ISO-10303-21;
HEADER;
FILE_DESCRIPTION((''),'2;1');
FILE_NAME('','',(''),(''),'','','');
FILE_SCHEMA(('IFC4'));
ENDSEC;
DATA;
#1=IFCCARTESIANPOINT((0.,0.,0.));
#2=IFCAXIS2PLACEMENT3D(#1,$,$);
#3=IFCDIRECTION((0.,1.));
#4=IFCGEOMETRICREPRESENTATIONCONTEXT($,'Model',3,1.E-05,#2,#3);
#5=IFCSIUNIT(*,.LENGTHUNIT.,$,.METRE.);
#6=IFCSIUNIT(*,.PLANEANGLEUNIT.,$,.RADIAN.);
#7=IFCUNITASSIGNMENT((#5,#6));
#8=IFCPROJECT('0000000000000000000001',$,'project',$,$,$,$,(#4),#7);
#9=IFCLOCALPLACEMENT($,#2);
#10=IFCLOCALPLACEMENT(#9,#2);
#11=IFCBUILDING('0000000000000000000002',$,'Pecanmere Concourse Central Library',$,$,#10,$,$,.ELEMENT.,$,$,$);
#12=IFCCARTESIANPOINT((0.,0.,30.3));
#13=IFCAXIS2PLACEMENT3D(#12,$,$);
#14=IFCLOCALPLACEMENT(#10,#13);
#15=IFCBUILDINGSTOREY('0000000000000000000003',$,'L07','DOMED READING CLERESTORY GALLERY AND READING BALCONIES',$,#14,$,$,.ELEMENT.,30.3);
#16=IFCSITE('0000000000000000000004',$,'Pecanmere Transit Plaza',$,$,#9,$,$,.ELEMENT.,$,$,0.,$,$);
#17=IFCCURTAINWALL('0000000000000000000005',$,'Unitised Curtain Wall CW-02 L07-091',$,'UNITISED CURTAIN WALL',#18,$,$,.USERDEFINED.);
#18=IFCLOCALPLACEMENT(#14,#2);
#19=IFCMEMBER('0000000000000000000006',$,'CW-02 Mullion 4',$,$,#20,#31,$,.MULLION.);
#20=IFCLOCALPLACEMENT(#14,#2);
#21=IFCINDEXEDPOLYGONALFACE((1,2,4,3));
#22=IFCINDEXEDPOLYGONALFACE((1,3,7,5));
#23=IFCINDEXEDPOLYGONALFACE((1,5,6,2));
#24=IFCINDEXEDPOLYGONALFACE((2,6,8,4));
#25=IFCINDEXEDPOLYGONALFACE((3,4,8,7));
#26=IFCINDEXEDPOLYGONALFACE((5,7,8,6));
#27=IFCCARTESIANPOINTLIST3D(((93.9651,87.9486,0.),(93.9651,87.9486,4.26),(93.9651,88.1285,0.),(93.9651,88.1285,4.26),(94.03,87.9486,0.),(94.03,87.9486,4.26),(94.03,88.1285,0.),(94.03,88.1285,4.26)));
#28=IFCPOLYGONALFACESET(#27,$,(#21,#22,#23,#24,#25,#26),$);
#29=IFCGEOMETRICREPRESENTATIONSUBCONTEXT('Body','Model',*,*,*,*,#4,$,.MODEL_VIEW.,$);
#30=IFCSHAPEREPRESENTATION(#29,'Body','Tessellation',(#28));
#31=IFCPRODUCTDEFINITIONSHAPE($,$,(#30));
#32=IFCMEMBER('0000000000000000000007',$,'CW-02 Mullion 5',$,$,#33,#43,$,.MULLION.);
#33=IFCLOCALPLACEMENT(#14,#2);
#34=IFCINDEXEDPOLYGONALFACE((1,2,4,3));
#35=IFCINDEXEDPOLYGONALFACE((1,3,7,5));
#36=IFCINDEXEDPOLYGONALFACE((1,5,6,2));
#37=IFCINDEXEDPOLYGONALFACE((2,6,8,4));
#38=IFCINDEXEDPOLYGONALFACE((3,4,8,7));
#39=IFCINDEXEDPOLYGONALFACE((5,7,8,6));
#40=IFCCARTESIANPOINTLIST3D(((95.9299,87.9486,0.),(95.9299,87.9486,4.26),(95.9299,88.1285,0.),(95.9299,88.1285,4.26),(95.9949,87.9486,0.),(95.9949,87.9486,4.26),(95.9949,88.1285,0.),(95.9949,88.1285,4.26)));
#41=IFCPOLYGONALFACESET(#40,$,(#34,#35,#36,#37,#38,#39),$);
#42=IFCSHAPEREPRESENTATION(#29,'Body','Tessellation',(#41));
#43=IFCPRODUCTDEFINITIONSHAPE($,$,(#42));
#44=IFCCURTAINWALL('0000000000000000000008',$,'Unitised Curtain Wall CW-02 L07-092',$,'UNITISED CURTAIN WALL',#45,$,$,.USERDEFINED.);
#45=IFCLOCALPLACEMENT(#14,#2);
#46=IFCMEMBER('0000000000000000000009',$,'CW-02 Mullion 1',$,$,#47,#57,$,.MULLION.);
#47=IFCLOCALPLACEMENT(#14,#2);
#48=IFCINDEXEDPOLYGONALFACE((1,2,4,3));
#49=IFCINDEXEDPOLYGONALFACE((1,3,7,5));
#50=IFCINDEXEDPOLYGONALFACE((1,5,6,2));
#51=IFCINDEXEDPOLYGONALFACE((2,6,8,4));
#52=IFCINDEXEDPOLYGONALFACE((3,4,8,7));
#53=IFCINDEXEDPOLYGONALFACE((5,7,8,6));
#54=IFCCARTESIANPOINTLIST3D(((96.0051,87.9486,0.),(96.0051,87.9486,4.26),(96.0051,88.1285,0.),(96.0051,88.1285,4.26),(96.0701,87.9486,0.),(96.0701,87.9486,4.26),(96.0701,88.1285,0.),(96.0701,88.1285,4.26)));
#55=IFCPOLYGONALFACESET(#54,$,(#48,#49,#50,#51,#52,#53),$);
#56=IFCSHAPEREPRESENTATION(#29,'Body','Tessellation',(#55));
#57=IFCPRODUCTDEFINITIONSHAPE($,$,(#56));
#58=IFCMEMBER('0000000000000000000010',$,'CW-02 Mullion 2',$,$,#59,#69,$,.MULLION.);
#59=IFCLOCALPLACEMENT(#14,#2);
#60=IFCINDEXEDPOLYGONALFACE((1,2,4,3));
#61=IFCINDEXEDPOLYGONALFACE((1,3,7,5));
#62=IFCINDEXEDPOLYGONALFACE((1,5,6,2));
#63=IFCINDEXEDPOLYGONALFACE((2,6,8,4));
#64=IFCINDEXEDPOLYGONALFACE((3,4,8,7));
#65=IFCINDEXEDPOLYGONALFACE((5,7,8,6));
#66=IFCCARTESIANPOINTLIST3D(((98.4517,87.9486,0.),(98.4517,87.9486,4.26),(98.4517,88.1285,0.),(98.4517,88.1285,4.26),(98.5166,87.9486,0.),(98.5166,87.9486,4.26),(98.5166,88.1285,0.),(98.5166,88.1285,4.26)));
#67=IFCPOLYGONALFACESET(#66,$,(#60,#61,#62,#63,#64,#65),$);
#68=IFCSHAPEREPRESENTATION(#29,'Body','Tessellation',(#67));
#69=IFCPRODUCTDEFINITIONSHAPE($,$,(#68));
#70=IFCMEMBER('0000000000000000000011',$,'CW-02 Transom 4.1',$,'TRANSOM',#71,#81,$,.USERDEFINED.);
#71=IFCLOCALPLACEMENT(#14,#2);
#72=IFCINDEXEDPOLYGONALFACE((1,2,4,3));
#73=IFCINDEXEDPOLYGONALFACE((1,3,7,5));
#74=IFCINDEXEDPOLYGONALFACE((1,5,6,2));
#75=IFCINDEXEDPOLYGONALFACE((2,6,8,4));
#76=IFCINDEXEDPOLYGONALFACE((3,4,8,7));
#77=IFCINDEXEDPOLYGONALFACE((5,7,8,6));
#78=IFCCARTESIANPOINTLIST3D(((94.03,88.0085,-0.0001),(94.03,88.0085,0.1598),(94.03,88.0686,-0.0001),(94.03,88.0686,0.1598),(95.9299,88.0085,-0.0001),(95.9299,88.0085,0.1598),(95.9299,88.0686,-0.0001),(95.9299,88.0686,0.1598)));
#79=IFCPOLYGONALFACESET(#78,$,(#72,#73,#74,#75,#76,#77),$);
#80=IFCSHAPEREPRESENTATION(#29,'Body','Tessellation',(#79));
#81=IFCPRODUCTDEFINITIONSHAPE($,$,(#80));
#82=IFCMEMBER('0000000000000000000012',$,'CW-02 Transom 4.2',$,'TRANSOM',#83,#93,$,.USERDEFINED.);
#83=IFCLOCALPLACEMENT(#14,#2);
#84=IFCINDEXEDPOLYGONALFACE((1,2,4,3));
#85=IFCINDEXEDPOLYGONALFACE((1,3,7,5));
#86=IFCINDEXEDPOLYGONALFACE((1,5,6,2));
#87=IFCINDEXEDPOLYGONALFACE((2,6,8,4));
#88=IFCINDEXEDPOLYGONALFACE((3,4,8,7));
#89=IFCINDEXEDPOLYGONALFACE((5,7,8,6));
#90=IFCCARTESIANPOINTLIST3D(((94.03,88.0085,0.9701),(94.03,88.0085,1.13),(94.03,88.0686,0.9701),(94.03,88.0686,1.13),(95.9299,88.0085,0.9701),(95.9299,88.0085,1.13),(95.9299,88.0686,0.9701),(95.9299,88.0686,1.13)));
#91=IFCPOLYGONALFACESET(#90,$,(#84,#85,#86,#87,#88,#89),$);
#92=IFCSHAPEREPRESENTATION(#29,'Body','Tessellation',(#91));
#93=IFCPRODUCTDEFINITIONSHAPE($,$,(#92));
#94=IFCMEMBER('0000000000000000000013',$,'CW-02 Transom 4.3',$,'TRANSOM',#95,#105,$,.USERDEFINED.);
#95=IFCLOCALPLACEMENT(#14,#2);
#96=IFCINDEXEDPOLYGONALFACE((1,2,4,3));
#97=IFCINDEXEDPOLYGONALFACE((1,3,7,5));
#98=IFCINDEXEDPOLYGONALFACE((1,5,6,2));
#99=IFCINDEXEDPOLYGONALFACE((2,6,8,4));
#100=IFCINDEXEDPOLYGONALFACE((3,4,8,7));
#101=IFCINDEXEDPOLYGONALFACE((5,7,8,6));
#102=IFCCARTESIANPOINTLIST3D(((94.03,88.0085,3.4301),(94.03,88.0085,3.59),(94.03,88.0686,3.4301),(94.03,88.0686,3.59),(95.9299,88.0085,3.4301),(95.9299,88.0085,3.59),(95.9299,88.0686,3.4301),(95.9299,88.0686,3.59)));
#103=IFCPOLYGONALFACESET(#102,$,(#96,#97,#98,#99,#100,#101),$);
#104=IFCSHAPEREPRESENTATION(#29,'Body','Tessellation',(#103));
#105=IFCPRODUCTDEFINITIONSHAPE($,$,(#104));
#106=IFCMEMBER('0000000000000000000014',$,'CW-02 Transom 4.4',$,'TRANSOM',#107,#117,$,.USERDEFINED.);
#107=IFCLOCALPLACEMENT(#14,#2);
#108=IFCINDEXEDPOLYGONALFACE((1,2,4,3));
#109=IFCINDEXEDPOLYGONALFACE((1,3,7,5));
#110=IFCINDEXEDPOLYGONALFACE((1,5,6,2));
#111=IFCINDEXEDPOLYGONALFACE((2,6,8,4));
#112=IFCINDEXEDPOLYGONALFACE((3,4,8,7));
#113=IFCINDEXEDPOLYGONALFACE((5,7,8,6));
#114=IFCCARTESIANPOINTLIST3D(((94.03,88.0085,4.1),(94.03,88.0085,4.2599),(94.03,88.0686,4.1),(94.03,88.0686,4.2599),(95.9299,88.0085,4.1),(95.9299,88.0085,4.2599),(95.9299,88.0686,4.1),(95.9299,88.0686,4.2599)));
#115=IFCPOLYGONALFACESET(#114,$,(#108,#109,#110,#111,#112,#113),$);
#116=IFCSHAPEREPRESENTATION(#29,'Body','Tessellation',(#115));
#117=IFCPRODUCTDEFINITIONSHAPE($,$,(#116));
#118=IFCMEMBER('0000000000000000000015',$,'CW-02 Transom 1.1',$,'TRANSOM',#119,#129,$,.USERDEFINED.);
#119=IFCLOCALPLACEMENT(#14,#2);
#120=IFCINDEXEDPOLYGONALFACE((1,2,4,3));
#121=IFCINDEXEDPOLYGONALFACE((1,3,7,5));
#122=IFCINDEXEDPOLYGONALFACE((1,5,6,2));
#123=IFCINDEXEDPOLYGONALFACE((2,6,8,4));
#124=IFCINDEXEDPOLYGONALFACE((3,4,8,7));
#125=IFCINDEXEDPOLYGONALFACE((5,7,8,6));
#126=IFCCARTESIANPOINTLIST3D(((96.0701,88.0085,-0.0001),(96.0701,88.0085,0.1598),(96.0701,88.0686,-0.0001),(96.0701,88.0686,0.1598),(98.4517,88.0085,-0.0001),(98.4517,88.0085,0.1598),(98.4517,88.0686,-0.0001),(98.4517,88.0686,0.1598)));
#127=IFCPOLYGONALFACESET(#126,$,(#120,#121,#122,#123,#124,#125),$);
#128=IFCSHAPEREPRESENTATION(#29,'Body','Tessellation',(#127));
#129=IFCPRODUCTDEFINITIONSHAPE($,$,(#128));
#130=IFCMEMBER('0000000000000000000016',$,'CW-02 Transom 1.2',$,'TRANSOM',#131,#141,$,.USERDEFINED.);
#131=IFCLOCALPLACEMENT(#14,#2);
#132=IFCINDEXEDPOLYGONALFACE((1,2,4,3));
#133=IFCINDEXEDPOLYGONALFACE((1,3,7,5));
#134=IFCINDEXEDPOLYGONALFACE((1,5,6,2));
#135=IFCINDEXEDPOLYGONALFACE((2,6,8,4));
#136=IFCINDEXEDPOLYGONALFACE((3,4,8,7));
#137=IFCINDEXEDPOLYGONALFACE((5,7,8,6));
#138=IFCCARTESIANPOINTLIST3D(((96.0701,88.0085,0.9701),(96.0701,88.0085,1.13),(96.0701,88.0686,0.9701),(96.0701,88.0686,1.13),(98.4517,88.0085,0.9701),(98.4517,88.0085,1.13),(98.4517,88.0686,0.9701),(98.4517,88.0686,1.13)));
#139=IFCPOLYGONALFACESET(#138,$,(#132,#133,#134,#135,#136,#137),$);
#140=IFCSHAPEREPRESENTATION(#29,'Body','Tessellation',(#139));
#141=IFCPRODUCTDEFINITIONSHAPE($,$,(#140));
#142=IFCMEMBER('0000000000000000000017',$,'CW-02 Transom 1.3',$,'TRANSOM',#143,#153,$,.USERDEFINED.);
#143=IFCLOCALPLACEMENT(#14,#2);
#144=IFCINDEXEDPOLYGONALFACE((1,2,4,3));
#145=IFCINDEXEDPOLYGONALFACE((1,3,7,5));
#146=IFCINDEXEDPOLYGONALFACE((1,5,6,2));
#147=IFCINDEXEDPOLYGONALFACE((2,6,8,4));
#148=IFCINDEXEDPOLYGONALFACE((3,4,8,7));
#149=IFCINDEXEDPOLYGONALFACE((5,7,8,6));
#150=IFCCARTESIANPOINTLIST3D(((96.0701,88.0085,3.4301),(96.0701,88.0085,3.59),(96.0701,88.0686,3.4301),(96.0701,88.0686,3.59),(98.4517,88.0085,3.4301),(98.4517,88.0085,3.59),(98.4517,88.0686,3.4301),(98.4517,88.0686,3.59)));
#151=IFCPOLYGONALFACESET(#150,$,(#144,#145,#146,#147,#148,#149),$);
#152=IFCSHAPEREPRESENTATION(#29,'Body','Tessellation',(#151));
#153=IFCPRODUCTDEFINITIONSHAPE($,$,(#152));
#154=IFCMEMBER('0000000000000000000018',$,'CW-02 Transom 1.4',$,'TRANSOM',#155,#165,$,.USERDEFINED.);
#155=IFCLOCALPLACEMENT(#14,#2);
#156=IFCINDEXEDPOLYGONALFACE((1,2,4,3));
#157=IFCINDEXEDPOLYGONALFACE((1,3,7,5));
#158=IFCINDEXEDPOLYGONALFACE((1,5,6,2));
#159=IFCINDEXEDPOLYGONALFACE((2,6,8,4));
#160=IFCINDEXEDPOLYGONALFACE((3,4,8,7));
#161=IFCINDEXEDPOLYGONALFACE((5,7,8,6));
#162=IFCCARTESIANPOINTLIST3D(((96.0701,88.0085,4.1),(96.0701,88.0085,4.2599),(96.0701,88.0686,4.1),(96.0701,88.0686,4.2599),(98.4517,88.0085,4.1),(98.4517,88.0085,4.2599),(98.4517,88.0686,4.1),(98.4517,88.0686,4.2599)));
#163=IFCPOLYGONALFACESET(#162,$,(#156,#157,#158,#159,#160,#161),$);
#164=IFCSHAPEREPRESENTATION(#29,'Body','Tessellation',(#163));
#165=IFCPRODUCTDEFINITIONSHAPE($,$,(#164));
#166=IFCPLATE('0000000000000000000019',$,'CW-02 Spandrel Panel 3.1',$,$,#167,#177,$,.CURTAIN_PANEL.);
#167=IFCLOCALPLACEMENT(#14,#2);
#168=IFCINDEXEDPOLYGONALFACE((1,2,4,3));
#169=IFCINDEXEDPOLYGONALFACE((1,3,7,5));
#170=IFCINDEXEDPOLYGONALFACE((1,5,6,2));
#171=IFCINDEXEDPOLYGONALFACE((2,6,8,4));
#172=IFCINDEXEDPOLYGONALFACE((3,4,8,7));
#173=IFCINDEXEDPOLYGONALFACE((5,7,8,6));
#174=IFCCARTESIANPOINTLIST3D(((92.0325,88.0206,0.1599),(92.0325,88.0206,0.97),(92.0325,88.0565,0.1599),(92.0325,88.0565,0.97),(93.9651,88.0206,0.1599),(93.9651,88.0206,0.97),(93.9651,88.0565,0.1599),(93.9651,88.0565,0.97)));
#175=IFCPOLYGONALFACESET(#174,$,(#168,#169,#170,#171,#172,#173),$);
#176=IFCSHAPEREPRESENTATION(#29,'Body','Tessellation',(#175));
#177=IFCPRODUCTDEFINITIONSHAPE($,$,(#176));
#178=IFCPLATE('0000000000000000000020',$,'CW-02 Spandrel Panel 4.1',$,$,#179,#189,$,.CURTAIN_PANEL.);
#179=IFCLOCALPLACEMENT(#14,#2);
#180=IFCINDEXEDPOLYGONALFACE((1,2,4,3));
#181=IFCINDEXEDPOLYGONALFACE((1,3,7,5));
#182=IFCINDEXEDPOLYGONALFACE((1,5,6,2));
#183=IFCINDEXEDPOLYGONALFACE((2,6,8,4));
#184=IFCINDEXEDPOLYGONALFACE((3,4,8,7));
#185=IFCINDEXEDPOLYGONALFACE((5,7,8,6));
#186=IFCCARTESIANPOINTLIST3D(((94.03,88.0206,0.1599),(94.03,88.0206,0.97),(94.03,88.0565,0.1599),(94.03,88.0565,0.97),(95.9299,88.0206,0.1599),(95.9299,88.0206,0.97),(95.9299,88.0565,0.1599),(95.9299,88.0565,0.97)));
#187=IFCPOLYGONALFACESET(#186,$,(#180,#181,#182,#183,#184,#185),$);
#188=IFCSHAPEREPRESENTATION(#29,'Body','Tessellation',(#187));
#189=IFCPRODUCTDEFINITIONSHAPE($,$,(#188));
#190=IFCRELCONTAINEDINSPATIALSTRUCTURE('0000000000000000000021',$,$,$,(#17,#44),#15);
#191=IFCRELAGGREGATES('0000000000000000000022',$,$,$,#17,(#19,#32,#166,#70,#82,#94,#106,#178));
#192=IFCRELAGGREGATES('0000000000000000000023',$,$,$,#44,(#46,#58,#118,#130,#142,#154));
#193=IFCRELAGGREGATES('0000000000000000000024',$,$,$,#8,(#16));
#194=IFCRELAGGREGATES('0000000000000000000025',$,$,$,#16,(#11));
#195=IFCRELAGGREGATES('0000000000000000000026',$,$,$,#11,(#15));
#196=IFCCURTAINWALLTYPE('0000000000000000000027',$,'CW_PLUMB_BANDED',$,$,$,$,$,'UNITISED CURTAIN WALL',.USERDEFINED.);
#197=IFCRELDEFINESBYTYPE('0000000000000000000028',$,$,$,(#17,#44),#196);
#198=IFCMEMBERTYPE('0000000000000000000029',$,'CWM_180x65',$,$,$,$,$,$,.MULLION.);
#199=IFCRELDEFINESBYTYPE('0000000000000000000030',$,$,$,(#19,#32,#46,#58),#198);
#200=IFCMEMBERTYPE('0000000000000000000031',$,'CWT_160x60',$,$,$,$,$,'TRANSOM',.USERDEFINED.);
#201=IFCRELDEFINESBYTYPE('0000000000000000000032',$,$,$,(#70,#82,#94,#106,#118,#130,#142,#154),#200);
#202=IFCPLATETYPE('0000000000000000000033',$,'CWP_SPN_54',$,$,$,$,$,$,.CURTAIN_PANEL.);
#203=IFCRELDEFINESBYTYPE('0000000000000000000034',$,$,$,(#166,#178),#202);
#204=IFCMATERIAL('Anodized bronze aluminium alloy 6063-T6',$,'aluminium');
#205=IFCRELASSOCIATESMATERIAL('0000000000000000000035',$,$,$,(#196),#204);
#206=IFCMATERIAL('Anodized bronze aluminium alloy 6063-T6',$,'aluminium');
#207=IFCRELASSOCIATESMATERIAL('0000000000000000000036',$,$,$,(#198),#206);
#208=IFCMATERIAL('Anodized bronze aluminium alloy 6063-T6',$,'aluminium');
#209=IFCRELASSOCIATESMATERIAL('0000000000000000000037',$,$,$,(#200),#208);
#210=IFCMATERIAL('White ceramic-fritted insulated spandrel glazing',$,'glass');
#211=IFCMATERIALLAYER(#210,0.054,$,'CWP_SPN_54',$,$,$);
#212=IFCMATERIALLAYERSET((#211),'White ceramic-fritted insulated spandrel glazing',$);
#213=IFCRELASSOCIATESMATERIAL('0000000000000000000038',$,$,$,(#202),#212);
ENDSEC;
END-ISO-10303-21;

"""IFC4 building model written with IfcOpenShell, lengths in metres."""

from ifc_helpers import new_model, si_unit, direction, frame, origin, origin_2d, place, context, subcontext, project, spatial, rectangle, extrude, material, layer, layer_set, material_profile, profile_set, type_object, element, aggregate, save


model = new_model("IFC4")

# Units and contexts
model_context = context("Model", 3, precision=1e-05, world=origin(), true_north=direction((0.0, 1.0)))
body_context = subcontext(model_context, "Body", "Model", "MODEL_VIEW")
ifc_project = project(units=[si_unit("LENGTHUNIT", "METRE"), si_unit("PLANEANGLEUNIT", "RADIAN")], contexts=[model_context])

# Site, building, storey
site_placement = place(None, origin())
site = spatial("IfcSite", under=ifc_project, at=site_placement, Name="Pecanmere Transit Plaza", CompositionType="ELEMENT", RefElevation=0.0)
building_placement = place(site_placement, origin())
building = spatial("IfcBuilding", under=site, at=building_placement, Name="Pecanmere Concourse Central Library", CompositionType="ELEMENT")
storey_placement = place(building_placement, frame((0.0, 0.0, 30.3)))
storey = spatial("IfcBuildingStorey", under=building, at=storey_placement, Name="L07", Description="DOMED READING CLERESTORY GALLERY AND READING BALCONIES", CompositionType="ELEMENT", Elevation=30.3)

# Curtain walls, members
ifc_material_1 = material(Name="Anodized bronze aluminium alloy 6063-T6", Category="aluminium")
curtain_wall_type = type_object("IfcCurtainWallType", Name="CW_PLUMB_BANDED", ElementType="UNITISED CURTAIN WALL", PredefinedType="USERDEFINED", material=ifc_material_1)
curtain_wall_1_placement = place(storey_placement, origin())
curtain_wall_1 = element("IfcCurtainWall", 1, at=curtain_wall_1_placement, inside=storey, type_object=curtain_wall_type, Name="Unitised Curtain Wall CW-02 L07-091", ObjectType="UNITISED CURTAIN WALL", PredefinedType="USERDEFINED")
ifc_material_2 = material(Name="Anodized bronze aluminium alloy 6063-T6", Category="aluminium")
ifc_material_profile_1 = material_profile(ifc_material_2, rectangle(XDim=0.0649, YDim=0.1799, at=origin_2d()), Name="AL 65x180")
ifc_profile_set_1 = profile_set([ifc_material_profile_1], Name="Anodized bronze aluminium alloy 6063-T6")
member_type_1 = type_object("IfcMemberType", Name="CWM_180x65", PredefinedType="MULLION", material=ifc_profile_set_1)
member_1_placement = place(storey_placement, frame((93.9976, 88.0386, 0.0), z_axis=(0.0, 0.0, 1.0), x_axis=(1.0, 0.0, 0.0)))
member_1 = element("IfcMember", 2, at=member_1_placement, type_object=member_type_1, Name="CW-02 Mullion 4", PredefinedType="MULLION", context=body_context, shape_type="SweptSolid", body=[
    extrude(rectangle(XDim=0.0649, YDim=0.1799, at=origin_2d()), origin(), (0.0, 0.0, 1.0), 4.26),
])
member_2_placement = place(storey_placement, frame((95.9624, 88.0386, 0.0), z_axis=(0.0, 0.0, 1.0), x_axis=(1.0, 0.0, 0.0)))
member_2 = element("IfcMember", 3, at=member_2_placement, type_object=member_type_1, Name="CW-02 Mullion 5", PredefinedType="MULLION", context=body_context, shape_type="SweptSolid", body=[
    extrude(rectangle(XDim=0.0649, YDim=0.1799, at=origin_2d()), origin(), (0.0, 0.0, 1.0), 4.26),
])
curtain_wall_2_placement = place(storey_placement, origin())
curtain_wall_2 = element("IfcCurtainWall", 4, at=curtain_wall_2_placement, inside=storey, type_object=curtain_wall_type, Name="Unitised Curtain Wall CW-02 L07-092", ObjectType="UNITISED CURTAIN WALL", PredefinedType="USERDEFINED")
member_3_placement = place(storey_placement, frame((96.0376, 88.0386, 0.0), z_axis=(0.0, 0.0, 1.0), x_axis=(1.0, 0.0, 0.0)))
member_3 = element("IfcMember", 5, at=member_3_placement, type_object=member_type_1, Name="CW-02 Mullion 1", PredefinedType="MULLION", context=body_context, shape_type="SweptSolid", body=[
    extrude(rectangle(XDim=0.0649, YDim=0.1799, at=origin_2d()), origin(), (0.0, 0.0, 1.0), 4.26),
])
member_4_placement = place(storey_placement, frame((98.4841, 88.0386, 0.0), z_axis=(0.0, 0.0, 1.0), x_axis=(1.0, 0.0, 0.0)))
member_4 = element("IfcMember", 6, at=member_4_placement, type_object=member_type_1, Name="CW-02 Mullion 2", PredefinedType="MULLION", context=body_context, shape_type="SweptSolid", body=[
    extrude(rectangle(XDim=0.0649, YDim=0.1799, at=origin_2d()), origin(), (0.0, 0.0, 1.0), 4.26),
])

# Members
ifc_material_3 = material(Name="Anodized bronze aluminium alloy 6063-T6", Category="aluminium")
ifc_material_profile_2 = material_profile(ifc_material_3, rectangle(XDim=0.0601, YDim=0.1599, at=origin_2d()), Name="AL 60x160")
ifc_profile_set_2 = profile_set([ifc_material_profile_2], Name="Anodized bronze aluminium alloy 6063-T6")
member_type_2 = type_object("IfcMemberType", Name="CWT_160x60", ElementType="TRANSOM", PredefinedType="USERDEFINED", material=ifc_profile_set_2)
member_5_placement = place(storey_placement, frame((94.03, 88.0386, 0.0798), z_axis=(1.0, 0.0, 0.0), x_axis=(0.0, 1.0, 0.0)))
member_5 = element("IfcMember", 7, at=member_5_placement, type_object=member_type_2, Name="CW-02 Transom 4.1", ObjectType="TRANSOM", PredefinedType="USERDEFINED", context=body_context, shape_type="SweptSolid", body=[
    extrude(rectangle(XDim=0.0601, YDim=0.1599, at=origin_2d()), origin(), (0.0, 0.0, 1.0), 1.8999),
])
member_6_placement = place(storey_placement, frame((94.03, 88.0386, 1.05), z_axis=(1.0, 0.0, 0.0), x_axis=(0.0, 1.0, 0.0)))
member_6 = element("IfcMember", 8, at=member_6_placement, type_object=member_type_2, Name="CW-02 Transom 4.2", ObjectType="TRANSOM", PredefinedType="USERDEFINED", context=body_context, shape_type="SweptSolid", body=[
    extrude(rectangle(XDim=0.0601, YDim=0.1599, at=origin_2d()), origin(), (0.0, 0.0, 1.0), 1.8999),
])
member_7_placement = place(storey_placement, frame((94.03, 88.0386, 3.51), z_axis=(1.0, 0.0, 0.0), x_axis=(0.0, 1.0, 0.0)))
member_7 = element("IfcMember", 9, at=member_7_placement, type_object=member_type_2, Name="CW-02 Transom 4.3", ObjectType="TRANSOM", PredefinedType="USERDEFINED", context=body_context, shape_type="SweptSolid", body=[
    extrude(rectangle(XDim=0.0601, YDim=0.1599, at=origin_2d()), origin(), (0.0, 0.0, 1.0), 1.8999),
])
member_8_placement = place(storey_placement, frame((94.03, 88.0386, 4.1799), z_axis=(1.0, 0.0, 0.0), x_axis=(0.0, 1.0, 0.0)))
member_8 = element("IfcMember", 10, at=member_8_placement, type_object=member_type_2, Name="CW-02 Transom 4.4", ObjectType="TRANSOM", PredefinedType="USERDEFINED", context=body_context, shape_type="SweptSolid", body=[
    extrude(rectangle(XDim=0.0601, YDim=0.1599, at=origin_2d()), origin(), (0.0, 0.0, 1.0), 1.8999),
])
member_9_placement = place(storey_placement, frame((96.0701, 88.0386, 0.0798), z_axis=(1.0, 0.0, 0.0), x_axis=(0.0, 1.0, 0.0)))
member_9 = element("IfcMember", 11, at=member_9_placement, type_object=member_type_2, Name="CW-02 Transom 1.1", ObjectType="TRANSOM", PredefinedType="USERDEFINED", context=body_context, shape_type="SweptSolid", body=[
    extrude(rectangle(XDim=0.0601, YDim=0.1599, at=origin_2d()), origin(), (0.0, 0.0, 1.0), 2.3816),
])
member_10_placement = place(storey_placement, frame((96.0701, 88.0386, 1.05), z_axis=(1.0, 0.0, 0.0), x_axis=(0.0, 1.0, 0.0)))
member_10 = element("IfcMember", 12, at=member_10_placement, type_object=member_type_2, Name="CW-02 Transom 1.2", ObjectType="TRANSOM", PredefinedType="USERDEFINED", context=body_context, shape_type="SweptSolid", body=[
    extrude(rectangle(XDim=0.0601, YDim=0.1599, at=origin_2d()), origin(), (0.0, 0.0, 1.0), 2.3816),
])
member_11_placement = place(storey_placement, frame((96.0701, 88.0386, 3.51), z_axis=(1.0, 0.0, 0.0), x_axis=(0.0, 1.0, 0.0)))
member_11 = element("IfcMember", 13, at=member_11_placement, type_object=member_type_2, Name="CW-02 Transom 1.3", ObjectType="TRANSOM", PredefinedType="USERDEFINED", context=body_context, shape_type="SweptSolid", body=[
    extrude(rectangle(XDim=0.0601, YDim=0.1599, at=origin_2d()), origin(), (0.0, 0.0, 1.0), 2.3816),
])
member_12_placement = place(storey_placement, frame((96.0701, 88.0386, 4.1799), z_axis=(1.0, 0.0, 0.0), x_axis=(0.0, 1.0, 0.0)))
member_12 = element("IfcMember", 14, at=member_12_placement, type_object=member_type_2, Name="CW-02 Transom 1.4", ObjectType="TRANSOM", PredefinedType="USERDEFINED", context=body_context, shape_type="SweptSolid", body=[
    extrude(rectangle(XDim=0.0601, YDim=0.1599, at=origin_2d()), origin(), (0.0, 0.0, 1.0), 2.3816),
])

# Plates
ifc_material_4 = material(Name="White ceramic-fritted insulated spandrel glazing", Category="glass")
ifc_layer_1 = layer(ifc_material_4, 0.054, Name="CWP_SPN_54")
ifc_layer_set_1 = layer_set([ifc_layer_1], Name="White ceramic-fritted insulated spandrel glazing")
plate_type_1 = type_object("IfcPlateType", Name="CWP_SPN_54", PredefinedType="CURTAIN_PANEL", material=ifc_layer_set_1)
plate_1_placement = place(storey_placement, frame((92.9988, 88.0386, 0.1599), z_axis=(0.0, 0.0, 1.0), x_axis=(1.0, 0.0, 0.0)))
plate_1 = element("IfcPlate", 15, at=plate_1_placement, type_object=plate_type_1, Name="CW-02 Spandrel Panel 3.1", PredefinedType="CURTAIN_PANEL", context=body_context, shape_type="SweptSolid", body=[
    extrude(rectangle(XDim=1.9326, YDim=0.0359, at=origin_2d()), origin(), (0.0, 0.0, 1.0), 0.8101),
])
plate_2_placement = place(storey_placement, frame((94.98, 88.0386, 0.1599), z_axis=(0.0, 0.0, 1.0), x_axis=(1.0, 0.0, 0.0)))
plate_2 = element("IfcPlate", 16, at=plate_2_placement, type_object=plate_type_1, Name="CW-02 Spandrel Panel 4.1", PredefinedType="CURTAIN_PANEL", context=body_context, shape_type="SweptSolid", body=[
    extrude(rectangle(XDim=1.8999, YDim=0.0359, at=origin_2d()), origin(), (0.0, 0.0, 1.0), 0.8101),
])
aggregate(curtain_wall_1, [member_1, member_2, plate_1, member_5, member_6, member_7, member_8, plate_2])
aggregate(curtain_wall_2, [member_3, member_4, member_9, member_10, member_11, member_12])

save(model, "model.ifc")
